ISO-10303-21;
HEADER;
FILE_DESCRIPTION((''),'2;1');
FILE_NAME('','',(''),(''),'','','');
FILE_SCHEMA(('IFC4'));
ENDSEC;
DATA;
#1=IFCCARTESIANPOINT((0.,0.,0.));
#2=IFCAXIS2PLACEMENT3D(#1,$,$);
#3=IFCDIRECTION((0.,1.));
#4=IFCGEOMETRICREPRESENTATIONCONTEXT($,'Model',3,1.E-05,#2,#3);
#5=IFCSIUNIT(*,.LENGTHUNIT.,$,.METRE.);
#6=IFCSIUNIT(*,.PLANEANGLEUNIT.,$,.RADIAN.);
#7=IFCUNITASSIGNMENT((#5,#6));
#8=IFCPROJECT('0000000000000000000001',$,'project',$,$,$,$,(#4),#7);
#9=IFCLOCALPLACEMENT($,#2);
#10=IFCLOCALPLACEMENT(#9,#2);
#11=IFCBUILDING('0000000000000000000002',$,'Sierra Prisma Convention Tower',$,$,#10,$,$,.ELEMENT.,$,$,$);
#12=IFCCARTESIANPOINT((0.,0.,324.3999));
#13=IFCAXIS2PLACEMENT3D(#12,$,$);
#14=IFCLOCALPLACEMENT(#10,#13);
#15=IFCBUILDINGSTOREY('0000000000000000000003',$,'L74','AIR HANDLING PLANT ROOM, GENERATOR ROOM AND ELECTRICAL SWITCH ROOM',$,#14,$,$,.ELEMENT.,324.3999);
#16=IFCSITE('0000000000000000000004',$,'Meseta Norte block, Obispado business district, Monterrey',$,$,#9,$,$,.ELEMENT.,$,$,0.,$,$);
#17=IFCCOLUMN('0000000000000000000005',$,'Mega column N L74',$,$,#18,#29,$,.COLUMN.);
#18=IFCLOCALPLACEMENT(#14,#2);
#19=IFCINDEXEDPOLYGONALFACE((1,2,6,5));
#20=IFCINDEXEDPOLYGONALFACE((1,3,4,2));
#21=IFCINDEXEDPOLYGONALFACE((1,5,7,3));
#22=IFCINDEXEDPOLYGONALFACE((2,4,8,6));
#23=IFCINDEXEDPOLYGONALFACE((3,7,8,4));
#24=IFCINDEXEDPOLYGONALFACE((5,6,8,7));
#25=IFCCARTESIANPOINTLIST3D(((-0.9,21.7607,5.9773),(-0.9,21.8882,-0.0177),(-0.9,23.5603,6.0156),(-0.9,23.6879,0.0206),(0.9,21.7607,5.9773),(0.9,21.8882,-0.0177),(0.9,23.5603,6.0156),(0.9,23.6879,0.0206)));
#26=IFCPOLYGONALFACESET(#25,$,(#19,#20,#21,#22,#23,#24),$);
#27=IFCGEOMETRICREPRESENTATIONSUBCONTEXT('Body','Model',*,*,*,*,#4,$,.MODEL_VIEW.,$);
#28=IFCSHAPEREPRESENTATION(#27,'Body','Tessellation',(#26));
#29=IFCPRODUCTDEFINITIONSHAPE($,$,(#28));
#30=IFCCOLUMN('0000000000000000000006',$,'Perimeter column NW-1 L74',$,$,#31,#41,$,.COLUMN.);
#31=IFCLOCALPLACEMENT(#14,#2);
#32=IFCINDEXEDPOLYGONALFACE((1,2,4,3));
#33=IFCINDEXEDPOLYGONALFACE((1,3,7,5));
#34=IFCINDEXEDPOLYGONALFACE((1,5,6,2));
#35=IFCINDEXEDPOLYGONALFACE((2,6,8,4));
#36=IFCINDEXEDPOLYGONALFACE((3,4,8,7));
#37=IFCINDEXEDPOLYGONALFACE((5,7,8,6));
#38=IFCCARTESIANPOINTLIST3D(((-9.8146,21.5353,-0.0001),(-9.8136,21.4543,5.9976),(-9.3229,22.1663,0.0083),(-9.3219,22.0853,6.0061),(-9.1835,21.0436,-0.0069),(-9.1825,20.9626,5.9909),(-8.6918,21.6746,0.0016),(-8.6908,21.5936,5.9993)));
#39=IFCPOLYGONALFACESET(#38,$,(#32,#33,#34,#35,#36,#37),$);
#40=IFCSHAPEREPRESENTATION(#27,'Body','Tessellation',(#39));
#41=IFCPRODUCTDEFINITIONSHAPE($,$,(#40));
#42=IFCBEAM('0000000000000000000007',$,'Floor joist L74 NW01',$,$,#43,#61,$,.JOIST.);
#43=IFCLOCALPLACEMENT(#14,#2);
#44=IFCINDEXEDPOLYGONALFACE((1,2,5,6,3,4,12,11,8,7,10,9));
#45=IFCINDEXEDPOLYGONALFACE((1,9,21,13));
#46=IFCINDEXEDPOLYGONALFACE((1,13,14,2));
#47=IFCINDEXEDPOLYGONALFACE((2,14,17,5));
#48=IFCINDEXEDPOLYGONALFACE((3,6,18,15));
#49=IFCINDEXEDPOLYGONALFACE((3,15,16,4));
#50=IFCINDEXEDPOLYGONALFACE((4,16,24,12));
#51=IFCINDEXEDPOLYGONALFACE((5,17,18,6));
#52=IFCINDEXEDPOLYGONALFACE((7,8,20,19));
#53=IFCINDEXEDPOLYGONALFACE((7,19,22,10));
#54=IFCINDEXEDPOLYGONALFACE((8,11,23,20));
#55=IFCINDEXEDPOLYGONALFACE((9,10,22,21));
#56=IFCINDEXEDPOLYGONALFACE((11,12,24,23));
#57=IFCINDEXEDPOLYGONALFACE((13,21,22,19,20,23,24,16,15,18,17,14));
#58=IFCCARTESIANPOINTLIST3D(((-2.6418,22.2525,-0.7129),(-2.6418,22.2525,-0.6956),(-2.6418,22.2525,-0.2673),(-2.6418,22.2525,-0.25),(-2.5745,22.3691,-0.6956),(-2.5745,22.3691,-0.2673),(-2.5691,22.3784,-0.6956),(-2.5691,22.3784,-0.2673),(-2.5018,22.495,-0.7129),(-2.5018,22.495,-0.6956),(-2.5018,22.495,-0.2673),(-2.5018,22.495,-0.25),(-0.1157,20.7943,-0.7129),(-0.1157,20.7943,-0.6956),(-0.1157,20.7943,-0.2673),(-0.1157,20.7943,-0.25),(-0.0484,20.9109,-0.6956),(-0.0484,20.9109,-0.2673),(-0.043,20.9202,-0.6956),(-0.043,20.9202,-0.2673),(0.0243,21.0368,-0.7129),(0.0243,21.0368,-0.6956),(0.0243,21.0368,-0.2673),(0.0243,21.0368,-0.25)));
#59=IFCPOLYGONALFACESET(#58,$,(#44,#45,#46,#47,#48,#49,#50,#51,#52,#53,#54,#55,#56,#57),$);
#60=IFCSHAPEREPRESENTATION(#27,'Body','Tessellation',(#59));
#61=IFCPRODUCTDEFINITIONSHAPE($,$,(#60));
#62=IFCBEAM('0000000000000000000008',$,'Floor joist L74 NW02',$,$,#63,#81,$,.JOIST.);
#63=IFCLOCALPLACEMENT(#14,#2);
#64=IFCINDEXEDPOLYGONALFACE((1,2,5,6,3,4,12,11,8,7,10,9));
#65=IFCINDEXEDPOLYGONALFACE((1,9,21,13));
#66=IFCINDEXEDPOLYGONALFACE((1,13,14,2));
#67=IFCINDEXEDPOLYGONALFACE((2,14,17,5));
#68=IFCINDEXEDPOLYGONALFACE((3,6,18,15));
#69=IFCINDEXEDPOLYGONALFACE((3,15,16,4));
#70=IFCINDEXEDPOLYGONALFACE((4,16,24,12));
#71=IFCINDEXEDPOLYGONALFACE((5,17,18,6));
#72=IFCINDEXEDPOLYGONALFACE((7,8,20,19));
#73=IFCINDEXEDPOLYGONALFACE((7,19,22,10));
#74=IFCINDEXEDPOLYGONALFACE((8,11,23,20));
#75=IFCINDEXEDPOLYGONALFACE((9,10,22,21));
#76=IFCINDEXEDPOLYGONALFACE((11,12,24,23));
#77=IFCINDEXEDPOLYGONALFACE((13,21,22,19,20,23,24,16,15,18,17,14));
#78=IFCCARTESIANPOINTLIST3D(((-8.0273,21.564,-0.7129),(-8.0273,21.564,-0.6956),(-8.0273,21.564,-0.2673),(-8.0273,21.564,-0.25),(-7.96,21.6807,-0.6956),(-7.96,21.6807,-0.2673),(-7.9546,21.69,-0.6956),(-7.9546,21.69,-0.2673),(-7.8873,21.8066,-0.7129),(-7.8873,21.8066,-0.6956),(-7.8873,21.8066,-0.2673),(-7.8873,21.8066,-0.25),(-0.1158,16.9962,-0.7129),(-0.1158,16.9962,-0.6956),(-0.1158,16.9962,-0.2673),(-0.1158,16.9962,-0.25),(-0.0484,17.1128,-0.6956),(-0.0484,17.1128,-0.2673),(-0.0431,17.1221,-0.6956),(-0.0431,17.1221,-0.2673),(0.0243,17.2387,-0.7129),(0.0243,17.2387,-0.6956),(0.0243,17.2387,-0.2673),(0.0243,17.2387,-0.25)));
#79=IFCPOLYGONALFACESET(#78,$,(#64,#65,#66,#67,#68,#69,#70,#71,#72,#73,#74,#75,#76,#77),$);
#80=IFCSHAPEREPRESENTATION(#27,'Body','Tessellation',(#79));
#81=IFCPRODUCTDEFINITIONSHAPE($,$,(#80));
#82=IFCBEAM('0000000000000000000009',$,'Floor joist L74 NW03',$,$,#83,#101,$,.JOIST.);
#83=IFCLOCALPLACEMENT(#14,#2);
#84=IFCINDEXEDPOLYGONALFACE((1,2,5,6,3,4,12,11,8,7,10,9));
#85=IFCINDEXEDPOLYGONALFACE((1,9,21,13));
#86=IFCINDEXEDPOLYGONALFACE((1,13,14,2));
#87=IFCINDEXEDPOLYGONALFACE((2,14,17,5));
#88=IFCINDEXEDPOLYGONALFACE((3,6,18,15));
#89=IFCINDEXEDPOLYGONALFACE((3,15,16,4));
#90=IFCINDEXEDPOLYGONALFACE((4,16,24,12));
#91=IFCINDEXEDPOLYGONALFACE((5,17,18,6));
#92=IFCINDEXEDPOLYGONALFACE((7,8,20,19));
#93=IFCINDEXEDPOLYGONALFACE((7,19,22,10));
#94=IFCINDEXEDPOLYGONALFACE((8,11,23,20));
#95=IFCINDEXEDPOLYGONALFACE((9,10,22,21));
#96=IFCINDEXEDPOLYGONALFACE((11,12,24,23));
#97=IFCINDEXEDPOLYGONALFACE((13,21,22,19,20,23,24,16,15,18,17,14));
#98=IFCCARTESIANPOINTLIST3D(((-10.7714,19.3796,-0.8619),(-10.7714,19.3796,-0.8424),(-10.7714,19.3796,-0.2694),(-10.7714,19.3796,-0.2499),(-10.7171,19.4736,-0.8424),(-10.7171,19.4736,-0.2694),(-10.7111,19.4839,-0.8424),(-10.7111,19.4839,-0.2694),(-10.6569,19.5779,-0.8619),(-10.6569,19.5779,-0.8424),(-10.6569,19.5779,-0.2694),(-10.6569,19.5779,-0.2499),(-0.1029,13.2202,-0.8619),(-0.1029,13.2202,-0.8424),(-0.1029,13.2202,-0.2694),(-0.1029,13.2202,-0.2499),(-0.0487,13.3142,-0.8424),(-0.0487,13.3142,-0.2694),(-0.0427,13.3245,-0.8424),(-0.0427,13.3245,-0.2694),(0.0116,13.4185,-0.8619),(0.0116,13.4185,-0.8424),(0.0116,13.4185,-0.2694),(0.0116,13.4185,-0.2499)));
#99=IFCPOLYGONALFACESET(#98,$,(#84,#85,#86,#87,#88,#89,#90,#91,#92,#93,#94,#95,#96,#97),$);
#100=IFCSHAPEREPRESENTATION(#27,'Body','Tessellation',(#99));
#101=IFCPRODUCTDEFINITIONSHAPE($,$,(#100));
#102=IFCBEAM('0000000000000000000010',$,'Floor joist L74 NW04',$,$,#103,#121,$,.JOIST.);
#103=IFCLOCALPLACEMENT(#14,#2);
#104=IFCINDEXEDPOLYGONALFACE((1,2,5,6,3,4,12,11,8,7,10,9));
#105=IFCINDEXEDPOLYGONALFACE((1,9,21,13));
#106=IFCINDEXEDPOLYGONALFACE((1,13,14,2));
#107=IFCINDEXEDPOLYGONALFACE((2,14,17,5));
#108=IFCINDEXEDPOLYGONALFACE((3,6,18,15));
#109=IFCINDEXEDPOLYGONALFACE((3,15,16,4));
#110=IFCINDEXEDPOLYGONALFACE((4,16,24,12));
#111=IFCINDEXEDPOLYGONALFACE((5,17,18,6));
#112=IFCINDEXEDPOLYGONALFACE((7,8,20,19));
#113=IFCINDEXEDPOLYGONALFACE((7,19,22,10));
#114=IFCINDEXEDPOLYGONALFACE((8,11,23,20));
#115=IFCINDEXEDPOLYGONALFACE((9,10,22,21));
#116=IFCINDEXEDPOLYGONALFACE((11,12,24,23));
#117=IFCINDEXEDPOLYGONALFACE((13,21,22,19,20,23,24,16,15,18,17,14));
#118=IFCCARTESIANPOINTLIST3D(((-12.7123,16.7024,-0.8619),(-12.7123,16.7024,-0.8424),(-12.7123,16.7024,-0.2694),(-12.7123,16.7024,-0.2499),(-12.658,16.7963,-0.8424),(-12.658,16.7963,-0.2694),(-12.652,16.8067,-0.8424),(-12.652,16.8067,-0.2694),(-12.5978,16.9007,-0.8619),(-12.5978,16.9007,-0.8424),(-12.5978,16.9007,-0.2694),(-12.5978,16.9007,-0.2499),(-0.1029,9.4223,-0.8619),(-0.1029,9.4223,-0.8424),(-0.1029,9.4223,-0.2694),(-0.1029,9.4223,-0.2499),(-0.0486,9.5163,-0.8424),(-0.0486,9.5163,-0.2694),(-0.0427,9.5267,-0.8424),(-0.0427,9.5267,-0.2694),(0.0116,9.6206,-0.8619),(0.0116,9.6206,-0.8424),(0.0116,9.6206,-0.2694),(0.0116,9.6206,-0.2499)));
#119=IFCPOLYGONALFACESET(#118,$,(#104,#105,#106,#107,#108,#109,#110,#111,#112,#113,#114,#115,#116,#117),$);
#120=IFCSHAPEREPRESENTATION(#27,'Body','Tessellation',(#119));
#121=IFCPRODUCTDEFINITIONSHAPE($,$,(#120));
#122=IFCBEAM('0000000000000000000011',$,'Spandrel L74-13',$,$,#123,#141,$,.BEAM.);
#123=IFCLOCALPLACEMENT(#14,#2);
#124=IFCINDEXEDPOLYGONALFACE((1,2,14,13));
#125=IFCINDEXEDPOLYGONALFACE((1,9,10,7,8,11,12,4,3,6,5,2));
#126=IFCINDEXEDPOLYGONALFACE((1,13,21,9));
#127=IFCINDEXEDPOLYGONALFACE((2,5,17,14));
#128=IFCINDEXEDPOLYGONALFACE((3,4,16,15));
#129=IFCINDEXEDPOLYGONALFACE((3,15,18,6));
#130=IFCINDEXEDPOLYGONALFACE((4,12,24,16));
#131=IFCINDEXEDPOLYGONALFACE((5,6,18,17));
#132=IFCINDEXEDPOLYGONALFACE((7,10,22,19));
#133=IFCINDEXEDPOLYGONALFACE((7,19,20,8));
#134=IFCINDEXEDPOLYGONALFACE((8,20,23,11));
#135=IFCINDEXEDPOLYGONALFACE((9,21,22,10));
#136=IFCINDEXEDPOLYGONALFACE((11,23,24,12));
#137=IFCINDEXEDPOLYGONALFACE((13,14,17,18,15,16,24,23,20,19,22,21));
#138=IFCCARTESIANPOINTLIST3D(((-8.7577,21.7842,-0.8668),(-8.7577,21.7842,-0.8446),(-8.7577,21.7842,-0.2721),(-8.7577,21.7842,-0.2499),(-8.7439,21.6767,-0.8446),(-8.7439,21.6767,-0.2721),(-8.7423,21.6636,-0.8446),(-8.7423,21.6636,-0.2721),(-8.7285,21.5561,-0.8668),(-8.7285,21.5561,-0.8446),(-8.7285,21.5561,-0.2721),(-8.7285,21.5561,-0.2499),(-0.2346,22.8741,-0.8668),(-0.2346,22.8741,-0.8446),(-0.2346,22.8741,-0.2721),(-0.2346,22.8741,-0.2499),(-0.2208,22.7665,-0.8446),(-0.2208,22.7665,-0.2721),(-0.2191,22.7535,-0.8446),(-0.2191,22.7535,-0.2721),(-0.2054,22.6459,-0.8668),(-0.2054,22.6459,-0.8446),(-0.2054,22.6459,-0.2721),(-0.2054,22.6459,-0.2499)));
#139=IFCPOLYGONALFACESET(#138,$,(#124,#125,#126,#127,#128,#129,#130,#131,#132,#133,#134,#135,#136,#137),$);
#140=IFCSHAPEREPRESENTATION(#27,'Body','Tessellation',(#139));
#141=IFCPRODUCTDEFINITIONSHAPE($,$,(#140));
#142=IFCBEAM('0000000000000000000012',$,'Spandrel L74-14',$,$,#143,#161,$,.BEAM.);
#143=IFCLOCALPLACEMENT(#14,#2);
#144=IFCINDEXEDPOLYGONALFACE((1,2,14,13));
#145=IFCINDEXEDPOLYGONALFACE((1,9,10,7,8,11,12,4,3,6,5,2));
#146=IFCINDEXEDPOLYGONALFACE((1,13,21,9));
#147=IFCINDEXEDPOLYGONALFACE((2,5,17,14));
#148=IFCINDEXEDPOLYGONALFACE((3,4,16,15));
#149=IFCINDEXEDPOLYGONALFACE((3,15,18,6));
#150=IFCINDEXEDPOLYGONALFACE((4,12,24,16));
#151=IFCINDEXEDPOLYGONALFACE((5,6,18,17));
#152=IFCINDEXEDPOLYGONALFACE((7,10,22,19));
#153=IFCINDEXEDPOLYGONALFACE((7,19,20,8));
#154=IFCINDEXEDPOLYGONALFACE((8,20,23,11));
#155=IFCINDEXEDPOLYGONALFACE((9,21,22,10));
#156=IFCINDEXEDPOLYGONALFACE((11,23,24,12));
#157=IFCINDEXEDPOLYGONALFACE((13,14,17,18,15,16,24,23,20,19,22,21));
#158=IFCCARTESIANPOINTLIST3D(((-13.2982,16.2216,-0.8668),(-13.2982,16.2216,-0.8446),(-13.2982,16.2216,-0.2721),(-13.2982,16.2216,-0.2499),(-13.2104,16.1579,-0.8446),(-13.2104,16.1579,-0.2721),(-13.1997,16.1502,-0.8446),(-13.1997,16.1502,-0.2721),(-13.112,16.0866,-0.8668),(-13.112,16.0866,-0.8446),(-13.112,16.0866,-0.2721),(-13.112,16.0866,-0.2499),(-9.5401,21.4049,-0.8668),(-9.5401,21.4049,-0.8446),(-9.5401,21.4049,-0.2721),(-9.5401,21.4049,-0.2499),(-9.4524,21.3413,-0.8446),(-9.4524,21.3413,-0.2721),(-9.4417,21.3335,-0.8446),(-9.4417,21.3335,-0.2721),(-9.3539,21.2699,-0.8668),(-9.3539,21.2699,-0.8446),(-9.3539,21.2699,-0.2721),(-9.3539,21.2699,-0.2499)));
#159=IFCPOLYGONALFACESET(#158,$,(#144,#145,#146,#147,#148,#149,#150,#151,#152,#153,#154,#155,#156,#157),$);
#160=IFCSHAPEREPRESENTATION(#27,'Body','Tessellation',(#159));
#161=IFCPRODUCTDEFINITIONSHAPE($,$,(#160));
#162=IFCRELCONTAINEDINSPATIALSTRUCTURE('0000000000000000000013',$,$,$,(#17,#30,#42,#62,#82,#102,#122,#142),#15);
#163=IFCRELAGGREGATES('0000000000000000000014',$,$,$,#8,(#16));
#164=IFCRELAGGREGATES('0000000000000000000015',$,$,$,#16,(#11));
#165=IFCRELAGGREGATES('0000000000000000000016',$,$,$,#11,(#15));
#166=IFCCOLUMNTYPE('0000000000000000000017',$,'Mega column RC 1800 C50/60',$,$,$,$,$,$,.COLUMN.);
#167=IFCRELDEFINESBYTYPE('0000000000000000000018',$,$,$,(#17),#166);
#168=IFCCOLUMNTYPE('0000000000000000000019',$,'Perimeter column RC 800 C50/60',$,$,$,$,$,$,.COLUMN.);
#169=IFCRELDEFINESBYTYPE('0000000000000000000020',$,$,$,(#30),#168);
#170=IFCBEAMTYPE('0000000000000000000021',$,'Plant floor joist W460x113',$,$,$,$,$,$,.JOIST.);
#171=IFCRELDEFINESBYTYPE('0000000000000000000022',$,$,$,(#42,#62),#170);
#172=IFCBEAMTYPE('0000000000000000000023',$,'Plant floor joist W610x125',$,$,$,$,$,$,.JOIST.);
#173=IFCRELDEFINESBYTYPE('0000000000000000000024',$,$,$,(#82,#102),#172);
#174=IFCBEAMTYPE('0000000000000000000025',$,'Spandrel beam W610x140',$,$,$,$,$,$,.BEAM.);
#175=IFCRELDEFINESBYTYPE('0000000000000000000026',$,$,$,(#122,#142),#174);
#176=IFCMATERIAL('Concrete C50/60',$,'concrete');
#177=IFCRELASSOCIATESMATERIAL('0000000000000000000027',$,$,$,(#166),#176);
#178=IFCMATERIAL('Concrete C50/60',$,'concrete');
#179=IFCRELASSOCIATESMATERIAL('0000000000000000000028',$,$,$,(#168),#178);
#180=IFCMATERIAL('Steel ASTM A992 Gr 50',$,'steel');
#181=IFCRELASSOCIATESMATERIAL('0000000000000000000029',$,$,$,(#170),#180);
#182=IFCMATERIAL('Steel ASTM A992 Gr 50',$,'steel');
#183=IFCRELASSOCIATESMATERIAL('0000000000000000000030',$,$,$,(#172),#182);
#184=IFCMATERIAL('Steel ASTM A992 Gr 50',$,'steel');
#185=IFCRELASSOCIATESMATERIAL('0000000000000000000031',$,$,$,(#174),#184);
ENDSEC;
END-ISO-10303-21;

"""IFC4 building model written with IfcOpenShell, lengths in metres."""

from ifc_helpers import new_model, si_unit, direction, frame, origin, origin_2d, place, context, subcontext, project, spatial, rectangle, i_section, extrude, clip, halfspace, material, material_profile, profile_set, type_object, element, save


model = new_model("IFC4")

# Units and contexts
model_context = context("Model", 3, precision=1e-05, world=origin(), true_north=direction((0.0, 1.0)))
body_context = subcontext(model_context, "Body", "Model", "MODEL_VIEW")
ifc_project = project(units=[si_unit("LENGTHUNIT", "METRE"), si_unit("PLANEANGLEUNIT", "RADIAN")], contexts=[model_context])

# Site, building, storey
site_placement = place(None, origin())
site = spatial("IfcSite", under=ifc_project, at=site_placement, Name="Meseta Norte block, Obispado business district, Monterrey", CompositionType="ELEMENT", RefElevation=0.0)
building_placement = place(site_placement, origin())
building = spatial("IfcBuilding", under=site, at=building_placement, Name="Sierra Prisma Convention Tower", CompositionType="ELEMENT")
storey_placement = place(building_placement, frame((0.0, 0.0, 324.3999)))
storey = spatial("IfcBuildingStorey", under=building, at=storey_placement, Name="L74", Description="AIR HANDLING PLANT ROOM, GENERATOR ROOM AND ELECTRICAL SWITCH ROOM", CompositionType="ELEMENT", Elevation=324.3999)

# Columns
ifc_material_1 = material(Name="Concrete C50/60", Category="concrete")
ifc_material_profile_1 = material_profile(ifc_material_1, rectangle(XDim=1.8, YDim=1.8, at=origin_2d()), Name="Mega column RC 1800 C50/60")
ifc_profile_set_1 = profile_set([ifc_material_profile_1], Name="Concrete C50/60")
column_type_1 = type_object("IfcColumnType", Name="Mega column RC 1800 C50/60", PredefinedType="COLUMN", material=ifc_profile_set_1)
column_1_placement = place(storey_placement, frame((0.0, 22.7881, 0.0), z_axis=(0.0, -0.021276, 0.999774), x_axis=(1.0, 0.0, 0.0)))
element("IfcColumn", 1, at=column_1_placement, inside=storey, type_object=column_type_1, Name="Mega column N L74", PredefinedType="COLUMN", context=body_context, shape_type="SweptSolid", body=[
    clip(clip(extrude(rectangle(XDim=1.8, YDim=1.8, at=origin_2d()), origin(), (0.0, 0.0, 1.0), 6.0015), halfspace(frame((0.0, 0.0, 0.0015)), True)), halfspace(frame((0.0, 0.0, 5.9978)), False)),
])
ifc_material_2 = material(Name="Concrete C50/60", Category="concrete")
ifc_material_profile_2 = material_profile(ifc_material_2, rectangle(XDim=0.8, YDim=0.8, at=origin_2d()), Name="Perimeter column RC 800 C50/60")
ifc_profile_set_2 = profile_set([ifc_material_profile_2], Name="Concrete C50/60")
column_type_2 = type_object("IfcColumnType", Name="Perimeter column RC 800 C50/60", PredefinedType="COLUMN", material=ifc_profile_set_2)
column_2_placement = place(storey_placement, frame((-9.2532, 21.605, 0.0), z_axis=(0.000163, -0.013508, 0.999909), x_axis=(0.614623, 0.788751, 0.010555)))
element("IfcColumn", 2, at=column_2_placement, inside=storey, type_object=column_type_2, Name="Perimeter column NW-1 L74", PredefinedType="COLUMN", context=body_context, shape_type="SweptSolid", body=[
    clip(clip(extrude(rectangle(XDim=0.8, YDim=0.8, at=origin_2d()), origin(), (0.0, 0.0, 1.0), 6.0005), halfspace(frame((0.0, 0.0, 0.0007)), True)), halfspace(frame((0.0, 0.0, 5.999)), False)),
])

# Beams
ifc_material_3 = material(Name="Steel ASTM A992 Gr 50", Category="steel")
ifc_material_profile_3 = material_profile(ifc_material_3, i_section(OverallWidth=0.28, OverallDepth=0.4629, WebThickness=0.0107, FlangeThickness=0.0173, at=origin_2d()), Name="W460x113")
ifc_profile_set_3 = profile_set([ifc_material_profile_3], Name="Steel ASTM A992 Gr 50")
beam_type_1 = type_object("IfcBeamType", Name="Plant floor joist W460x113", PredefinedType="JOIST", material=ifc_profile_set_3)
beam_1_placement = place(storey_placement, frame((-2.5718, 22.3738, -0.4814), z_axis=(0.866056, -0.499947, 0.0), x_axis=(0.499947, 0.866056, 0.0)))
element("IfcBeam", 3, at=beam_1_placement, inside=storey, type_object=beam_type_1, Name="Floor joist L74 NW01", PredefinedType="JOIST", context=body_context, shape_type="SweptSolid", body=[
    extrude(i_section(OverallWidth=0.28, OverallDepth=0.4629, WebThickness=0.0107, FlangeThickness=0.0173, at=origin_2d()), origin(), (0.0, 0.0, 1.0), 2.9167),
])
beam_2_placement = place(storey_placement, frame((-7.9573, 21.6853, -0.4814), z_axis=(0.866021, -0.500008, 0.0), x_axis=(0.500008, 0.866021, 0.0)))
element("IfcBeam", 4, at=beam_2_placement, inside=storey, type_object=beam_type_1, Name="Floor joist L74 NW02", PredefinedType="JOIST", context=body_context, shape_type="SweptSolid", body=[
    extrude(i_section(OverallWidth=0.28, OverallDepth=0.4629, WebThickness=0.0107, FlangeThickness=0.0173, at=origin_2d()), origin(), (0.0, 0.0, 1.0), 9.1355),
])
ifc_material_4 = material(Name="Steel ASTM A992 Gr 50", Category="steel")
ifc_material_profile_4 = material_profile(ifc_material_4, i_section(OverallWidth=0.229, OverallDepth=0.6121, WebThickness=0.012, FlangeThickness=0.0195, at=origin_2d()), Name="W610x125")
ifc_profile_set_4 = profile_set([ifc_material_profile_4], Name="Steel ASTM A992 Gr 50")
beam_type_2 = type_object("IfcBeamType", Name="Plant floor joist W610x125", PredefinedType="JOIST", material=ifc_profile_set_4)
beam_3_placement = place(storey_placement, frame((-10.7141, 19.4788, -0.5559), z_axis=(0.866026, -0.499999, 0.0), x_axis=(0.499999, 0.866026, 0.0)))
element("IfcBeam", 5, at=beam_3_placement, inside=storey, type_object=beam_type_2, Name="Floor joist L74 NW03", PredefinedType="JOIST", context=body_context, shape_type="SweptSolid", body=[
    extrude(i_section(OverallWidth=0.229, OverallDepth=0.6121, WebThickness=0.012, FlangeThickness=0.0195, at=origin_2d()), origin(), (0.0, 0.0, 1.0), 12.3188),
])
beam_4_placement = place(storey_placement, frame((-12.655, 16.8015, -0.5559), z_axis=(0.866025, -0.5, 0.0), x_axis=(0.5, 0.866025, 0.0)))
element("IfcBeam", 6, at=beam_4_placement, inside=storey, type_object=beam_type_2, Name="Floor joist L74 NW04", PredefinedType="JOIST", context=body_context, shape_type="SweptSolid", body=[
    extrude(i_section(OverallWidth=0.229, OverallDepth=0.6121, WebThickness=0.012, FlangeThickness=0.0195, at=origin_2d()), origin(), (0.0, 0.0, 1.0), 14.5601),
])
ifc_material_5 = material(Name="Steel ASTM A992 Gr 50", Category="steel")
ifc_material_profile_5 = material_profile(ifc_material_5, i_section(OverallWidth=0.23, OverallDepth=0.6169, WebThickness=0.0132, FlangeThickness=0.0222, at=origin_2d()), Name="W610x140")
ifc_profile_set_5 = profile_set([ifc_material_profile_5], Name="Steel ASTM A992 Gr 50")
beam_type_3 = type_object("IfcBeamType", Name="Spandrel beam W610x140", PredefinedType="BEAM", material=ifc_profile_set_5)
beam_5_placement = place(storey_placement, frame((-0.22, 22.76, -0.5583), z_axis=(-0.991924, -0.126835, 0.0), x_axis=(0.126835, -0.991924, 0.0)))
element("IfcBeam", 7, at=beam_5_placement, inside=storey, type_object=beam_type_3, Name="Spandrel L74-13", PredefinedType="BEAM", context=body_context, shape_type="SweptSolid", body=[
    extrude(i_section(OverallWidth=0.23, OverallDepth=0.6169, WebThickness=0.0132, FlangeThickness=0.0222, at=origin_2d()), origin(), (0.0, 0.0, 1.0), 8.5925),
])
beam_6_placement = place(storey_placement, frame((-9.447, 21.3374, -0.5583), z_axis=(-0.586981, -0.809601, 0.0), x_axis=(0.809601, -0.586981, 0.0)))
element("IfcBeam", 8, at=beam_6_placement, inside=storey, type_object=beam_type_3, Name="Spandrel L74-14", PredefinedType="BEAM", context=body_context, shape_type="SweptSolid", body=[
    extrude(i_section(OverallWidth=0.23, OverallDepth=0.6169, WebThickness=0.0132, FlangeThickness=0.0222, at=origin_2d()), origin(), (0.0, 0.0, 1.0), 6.4023),
])

save(model, "model.ifc")
